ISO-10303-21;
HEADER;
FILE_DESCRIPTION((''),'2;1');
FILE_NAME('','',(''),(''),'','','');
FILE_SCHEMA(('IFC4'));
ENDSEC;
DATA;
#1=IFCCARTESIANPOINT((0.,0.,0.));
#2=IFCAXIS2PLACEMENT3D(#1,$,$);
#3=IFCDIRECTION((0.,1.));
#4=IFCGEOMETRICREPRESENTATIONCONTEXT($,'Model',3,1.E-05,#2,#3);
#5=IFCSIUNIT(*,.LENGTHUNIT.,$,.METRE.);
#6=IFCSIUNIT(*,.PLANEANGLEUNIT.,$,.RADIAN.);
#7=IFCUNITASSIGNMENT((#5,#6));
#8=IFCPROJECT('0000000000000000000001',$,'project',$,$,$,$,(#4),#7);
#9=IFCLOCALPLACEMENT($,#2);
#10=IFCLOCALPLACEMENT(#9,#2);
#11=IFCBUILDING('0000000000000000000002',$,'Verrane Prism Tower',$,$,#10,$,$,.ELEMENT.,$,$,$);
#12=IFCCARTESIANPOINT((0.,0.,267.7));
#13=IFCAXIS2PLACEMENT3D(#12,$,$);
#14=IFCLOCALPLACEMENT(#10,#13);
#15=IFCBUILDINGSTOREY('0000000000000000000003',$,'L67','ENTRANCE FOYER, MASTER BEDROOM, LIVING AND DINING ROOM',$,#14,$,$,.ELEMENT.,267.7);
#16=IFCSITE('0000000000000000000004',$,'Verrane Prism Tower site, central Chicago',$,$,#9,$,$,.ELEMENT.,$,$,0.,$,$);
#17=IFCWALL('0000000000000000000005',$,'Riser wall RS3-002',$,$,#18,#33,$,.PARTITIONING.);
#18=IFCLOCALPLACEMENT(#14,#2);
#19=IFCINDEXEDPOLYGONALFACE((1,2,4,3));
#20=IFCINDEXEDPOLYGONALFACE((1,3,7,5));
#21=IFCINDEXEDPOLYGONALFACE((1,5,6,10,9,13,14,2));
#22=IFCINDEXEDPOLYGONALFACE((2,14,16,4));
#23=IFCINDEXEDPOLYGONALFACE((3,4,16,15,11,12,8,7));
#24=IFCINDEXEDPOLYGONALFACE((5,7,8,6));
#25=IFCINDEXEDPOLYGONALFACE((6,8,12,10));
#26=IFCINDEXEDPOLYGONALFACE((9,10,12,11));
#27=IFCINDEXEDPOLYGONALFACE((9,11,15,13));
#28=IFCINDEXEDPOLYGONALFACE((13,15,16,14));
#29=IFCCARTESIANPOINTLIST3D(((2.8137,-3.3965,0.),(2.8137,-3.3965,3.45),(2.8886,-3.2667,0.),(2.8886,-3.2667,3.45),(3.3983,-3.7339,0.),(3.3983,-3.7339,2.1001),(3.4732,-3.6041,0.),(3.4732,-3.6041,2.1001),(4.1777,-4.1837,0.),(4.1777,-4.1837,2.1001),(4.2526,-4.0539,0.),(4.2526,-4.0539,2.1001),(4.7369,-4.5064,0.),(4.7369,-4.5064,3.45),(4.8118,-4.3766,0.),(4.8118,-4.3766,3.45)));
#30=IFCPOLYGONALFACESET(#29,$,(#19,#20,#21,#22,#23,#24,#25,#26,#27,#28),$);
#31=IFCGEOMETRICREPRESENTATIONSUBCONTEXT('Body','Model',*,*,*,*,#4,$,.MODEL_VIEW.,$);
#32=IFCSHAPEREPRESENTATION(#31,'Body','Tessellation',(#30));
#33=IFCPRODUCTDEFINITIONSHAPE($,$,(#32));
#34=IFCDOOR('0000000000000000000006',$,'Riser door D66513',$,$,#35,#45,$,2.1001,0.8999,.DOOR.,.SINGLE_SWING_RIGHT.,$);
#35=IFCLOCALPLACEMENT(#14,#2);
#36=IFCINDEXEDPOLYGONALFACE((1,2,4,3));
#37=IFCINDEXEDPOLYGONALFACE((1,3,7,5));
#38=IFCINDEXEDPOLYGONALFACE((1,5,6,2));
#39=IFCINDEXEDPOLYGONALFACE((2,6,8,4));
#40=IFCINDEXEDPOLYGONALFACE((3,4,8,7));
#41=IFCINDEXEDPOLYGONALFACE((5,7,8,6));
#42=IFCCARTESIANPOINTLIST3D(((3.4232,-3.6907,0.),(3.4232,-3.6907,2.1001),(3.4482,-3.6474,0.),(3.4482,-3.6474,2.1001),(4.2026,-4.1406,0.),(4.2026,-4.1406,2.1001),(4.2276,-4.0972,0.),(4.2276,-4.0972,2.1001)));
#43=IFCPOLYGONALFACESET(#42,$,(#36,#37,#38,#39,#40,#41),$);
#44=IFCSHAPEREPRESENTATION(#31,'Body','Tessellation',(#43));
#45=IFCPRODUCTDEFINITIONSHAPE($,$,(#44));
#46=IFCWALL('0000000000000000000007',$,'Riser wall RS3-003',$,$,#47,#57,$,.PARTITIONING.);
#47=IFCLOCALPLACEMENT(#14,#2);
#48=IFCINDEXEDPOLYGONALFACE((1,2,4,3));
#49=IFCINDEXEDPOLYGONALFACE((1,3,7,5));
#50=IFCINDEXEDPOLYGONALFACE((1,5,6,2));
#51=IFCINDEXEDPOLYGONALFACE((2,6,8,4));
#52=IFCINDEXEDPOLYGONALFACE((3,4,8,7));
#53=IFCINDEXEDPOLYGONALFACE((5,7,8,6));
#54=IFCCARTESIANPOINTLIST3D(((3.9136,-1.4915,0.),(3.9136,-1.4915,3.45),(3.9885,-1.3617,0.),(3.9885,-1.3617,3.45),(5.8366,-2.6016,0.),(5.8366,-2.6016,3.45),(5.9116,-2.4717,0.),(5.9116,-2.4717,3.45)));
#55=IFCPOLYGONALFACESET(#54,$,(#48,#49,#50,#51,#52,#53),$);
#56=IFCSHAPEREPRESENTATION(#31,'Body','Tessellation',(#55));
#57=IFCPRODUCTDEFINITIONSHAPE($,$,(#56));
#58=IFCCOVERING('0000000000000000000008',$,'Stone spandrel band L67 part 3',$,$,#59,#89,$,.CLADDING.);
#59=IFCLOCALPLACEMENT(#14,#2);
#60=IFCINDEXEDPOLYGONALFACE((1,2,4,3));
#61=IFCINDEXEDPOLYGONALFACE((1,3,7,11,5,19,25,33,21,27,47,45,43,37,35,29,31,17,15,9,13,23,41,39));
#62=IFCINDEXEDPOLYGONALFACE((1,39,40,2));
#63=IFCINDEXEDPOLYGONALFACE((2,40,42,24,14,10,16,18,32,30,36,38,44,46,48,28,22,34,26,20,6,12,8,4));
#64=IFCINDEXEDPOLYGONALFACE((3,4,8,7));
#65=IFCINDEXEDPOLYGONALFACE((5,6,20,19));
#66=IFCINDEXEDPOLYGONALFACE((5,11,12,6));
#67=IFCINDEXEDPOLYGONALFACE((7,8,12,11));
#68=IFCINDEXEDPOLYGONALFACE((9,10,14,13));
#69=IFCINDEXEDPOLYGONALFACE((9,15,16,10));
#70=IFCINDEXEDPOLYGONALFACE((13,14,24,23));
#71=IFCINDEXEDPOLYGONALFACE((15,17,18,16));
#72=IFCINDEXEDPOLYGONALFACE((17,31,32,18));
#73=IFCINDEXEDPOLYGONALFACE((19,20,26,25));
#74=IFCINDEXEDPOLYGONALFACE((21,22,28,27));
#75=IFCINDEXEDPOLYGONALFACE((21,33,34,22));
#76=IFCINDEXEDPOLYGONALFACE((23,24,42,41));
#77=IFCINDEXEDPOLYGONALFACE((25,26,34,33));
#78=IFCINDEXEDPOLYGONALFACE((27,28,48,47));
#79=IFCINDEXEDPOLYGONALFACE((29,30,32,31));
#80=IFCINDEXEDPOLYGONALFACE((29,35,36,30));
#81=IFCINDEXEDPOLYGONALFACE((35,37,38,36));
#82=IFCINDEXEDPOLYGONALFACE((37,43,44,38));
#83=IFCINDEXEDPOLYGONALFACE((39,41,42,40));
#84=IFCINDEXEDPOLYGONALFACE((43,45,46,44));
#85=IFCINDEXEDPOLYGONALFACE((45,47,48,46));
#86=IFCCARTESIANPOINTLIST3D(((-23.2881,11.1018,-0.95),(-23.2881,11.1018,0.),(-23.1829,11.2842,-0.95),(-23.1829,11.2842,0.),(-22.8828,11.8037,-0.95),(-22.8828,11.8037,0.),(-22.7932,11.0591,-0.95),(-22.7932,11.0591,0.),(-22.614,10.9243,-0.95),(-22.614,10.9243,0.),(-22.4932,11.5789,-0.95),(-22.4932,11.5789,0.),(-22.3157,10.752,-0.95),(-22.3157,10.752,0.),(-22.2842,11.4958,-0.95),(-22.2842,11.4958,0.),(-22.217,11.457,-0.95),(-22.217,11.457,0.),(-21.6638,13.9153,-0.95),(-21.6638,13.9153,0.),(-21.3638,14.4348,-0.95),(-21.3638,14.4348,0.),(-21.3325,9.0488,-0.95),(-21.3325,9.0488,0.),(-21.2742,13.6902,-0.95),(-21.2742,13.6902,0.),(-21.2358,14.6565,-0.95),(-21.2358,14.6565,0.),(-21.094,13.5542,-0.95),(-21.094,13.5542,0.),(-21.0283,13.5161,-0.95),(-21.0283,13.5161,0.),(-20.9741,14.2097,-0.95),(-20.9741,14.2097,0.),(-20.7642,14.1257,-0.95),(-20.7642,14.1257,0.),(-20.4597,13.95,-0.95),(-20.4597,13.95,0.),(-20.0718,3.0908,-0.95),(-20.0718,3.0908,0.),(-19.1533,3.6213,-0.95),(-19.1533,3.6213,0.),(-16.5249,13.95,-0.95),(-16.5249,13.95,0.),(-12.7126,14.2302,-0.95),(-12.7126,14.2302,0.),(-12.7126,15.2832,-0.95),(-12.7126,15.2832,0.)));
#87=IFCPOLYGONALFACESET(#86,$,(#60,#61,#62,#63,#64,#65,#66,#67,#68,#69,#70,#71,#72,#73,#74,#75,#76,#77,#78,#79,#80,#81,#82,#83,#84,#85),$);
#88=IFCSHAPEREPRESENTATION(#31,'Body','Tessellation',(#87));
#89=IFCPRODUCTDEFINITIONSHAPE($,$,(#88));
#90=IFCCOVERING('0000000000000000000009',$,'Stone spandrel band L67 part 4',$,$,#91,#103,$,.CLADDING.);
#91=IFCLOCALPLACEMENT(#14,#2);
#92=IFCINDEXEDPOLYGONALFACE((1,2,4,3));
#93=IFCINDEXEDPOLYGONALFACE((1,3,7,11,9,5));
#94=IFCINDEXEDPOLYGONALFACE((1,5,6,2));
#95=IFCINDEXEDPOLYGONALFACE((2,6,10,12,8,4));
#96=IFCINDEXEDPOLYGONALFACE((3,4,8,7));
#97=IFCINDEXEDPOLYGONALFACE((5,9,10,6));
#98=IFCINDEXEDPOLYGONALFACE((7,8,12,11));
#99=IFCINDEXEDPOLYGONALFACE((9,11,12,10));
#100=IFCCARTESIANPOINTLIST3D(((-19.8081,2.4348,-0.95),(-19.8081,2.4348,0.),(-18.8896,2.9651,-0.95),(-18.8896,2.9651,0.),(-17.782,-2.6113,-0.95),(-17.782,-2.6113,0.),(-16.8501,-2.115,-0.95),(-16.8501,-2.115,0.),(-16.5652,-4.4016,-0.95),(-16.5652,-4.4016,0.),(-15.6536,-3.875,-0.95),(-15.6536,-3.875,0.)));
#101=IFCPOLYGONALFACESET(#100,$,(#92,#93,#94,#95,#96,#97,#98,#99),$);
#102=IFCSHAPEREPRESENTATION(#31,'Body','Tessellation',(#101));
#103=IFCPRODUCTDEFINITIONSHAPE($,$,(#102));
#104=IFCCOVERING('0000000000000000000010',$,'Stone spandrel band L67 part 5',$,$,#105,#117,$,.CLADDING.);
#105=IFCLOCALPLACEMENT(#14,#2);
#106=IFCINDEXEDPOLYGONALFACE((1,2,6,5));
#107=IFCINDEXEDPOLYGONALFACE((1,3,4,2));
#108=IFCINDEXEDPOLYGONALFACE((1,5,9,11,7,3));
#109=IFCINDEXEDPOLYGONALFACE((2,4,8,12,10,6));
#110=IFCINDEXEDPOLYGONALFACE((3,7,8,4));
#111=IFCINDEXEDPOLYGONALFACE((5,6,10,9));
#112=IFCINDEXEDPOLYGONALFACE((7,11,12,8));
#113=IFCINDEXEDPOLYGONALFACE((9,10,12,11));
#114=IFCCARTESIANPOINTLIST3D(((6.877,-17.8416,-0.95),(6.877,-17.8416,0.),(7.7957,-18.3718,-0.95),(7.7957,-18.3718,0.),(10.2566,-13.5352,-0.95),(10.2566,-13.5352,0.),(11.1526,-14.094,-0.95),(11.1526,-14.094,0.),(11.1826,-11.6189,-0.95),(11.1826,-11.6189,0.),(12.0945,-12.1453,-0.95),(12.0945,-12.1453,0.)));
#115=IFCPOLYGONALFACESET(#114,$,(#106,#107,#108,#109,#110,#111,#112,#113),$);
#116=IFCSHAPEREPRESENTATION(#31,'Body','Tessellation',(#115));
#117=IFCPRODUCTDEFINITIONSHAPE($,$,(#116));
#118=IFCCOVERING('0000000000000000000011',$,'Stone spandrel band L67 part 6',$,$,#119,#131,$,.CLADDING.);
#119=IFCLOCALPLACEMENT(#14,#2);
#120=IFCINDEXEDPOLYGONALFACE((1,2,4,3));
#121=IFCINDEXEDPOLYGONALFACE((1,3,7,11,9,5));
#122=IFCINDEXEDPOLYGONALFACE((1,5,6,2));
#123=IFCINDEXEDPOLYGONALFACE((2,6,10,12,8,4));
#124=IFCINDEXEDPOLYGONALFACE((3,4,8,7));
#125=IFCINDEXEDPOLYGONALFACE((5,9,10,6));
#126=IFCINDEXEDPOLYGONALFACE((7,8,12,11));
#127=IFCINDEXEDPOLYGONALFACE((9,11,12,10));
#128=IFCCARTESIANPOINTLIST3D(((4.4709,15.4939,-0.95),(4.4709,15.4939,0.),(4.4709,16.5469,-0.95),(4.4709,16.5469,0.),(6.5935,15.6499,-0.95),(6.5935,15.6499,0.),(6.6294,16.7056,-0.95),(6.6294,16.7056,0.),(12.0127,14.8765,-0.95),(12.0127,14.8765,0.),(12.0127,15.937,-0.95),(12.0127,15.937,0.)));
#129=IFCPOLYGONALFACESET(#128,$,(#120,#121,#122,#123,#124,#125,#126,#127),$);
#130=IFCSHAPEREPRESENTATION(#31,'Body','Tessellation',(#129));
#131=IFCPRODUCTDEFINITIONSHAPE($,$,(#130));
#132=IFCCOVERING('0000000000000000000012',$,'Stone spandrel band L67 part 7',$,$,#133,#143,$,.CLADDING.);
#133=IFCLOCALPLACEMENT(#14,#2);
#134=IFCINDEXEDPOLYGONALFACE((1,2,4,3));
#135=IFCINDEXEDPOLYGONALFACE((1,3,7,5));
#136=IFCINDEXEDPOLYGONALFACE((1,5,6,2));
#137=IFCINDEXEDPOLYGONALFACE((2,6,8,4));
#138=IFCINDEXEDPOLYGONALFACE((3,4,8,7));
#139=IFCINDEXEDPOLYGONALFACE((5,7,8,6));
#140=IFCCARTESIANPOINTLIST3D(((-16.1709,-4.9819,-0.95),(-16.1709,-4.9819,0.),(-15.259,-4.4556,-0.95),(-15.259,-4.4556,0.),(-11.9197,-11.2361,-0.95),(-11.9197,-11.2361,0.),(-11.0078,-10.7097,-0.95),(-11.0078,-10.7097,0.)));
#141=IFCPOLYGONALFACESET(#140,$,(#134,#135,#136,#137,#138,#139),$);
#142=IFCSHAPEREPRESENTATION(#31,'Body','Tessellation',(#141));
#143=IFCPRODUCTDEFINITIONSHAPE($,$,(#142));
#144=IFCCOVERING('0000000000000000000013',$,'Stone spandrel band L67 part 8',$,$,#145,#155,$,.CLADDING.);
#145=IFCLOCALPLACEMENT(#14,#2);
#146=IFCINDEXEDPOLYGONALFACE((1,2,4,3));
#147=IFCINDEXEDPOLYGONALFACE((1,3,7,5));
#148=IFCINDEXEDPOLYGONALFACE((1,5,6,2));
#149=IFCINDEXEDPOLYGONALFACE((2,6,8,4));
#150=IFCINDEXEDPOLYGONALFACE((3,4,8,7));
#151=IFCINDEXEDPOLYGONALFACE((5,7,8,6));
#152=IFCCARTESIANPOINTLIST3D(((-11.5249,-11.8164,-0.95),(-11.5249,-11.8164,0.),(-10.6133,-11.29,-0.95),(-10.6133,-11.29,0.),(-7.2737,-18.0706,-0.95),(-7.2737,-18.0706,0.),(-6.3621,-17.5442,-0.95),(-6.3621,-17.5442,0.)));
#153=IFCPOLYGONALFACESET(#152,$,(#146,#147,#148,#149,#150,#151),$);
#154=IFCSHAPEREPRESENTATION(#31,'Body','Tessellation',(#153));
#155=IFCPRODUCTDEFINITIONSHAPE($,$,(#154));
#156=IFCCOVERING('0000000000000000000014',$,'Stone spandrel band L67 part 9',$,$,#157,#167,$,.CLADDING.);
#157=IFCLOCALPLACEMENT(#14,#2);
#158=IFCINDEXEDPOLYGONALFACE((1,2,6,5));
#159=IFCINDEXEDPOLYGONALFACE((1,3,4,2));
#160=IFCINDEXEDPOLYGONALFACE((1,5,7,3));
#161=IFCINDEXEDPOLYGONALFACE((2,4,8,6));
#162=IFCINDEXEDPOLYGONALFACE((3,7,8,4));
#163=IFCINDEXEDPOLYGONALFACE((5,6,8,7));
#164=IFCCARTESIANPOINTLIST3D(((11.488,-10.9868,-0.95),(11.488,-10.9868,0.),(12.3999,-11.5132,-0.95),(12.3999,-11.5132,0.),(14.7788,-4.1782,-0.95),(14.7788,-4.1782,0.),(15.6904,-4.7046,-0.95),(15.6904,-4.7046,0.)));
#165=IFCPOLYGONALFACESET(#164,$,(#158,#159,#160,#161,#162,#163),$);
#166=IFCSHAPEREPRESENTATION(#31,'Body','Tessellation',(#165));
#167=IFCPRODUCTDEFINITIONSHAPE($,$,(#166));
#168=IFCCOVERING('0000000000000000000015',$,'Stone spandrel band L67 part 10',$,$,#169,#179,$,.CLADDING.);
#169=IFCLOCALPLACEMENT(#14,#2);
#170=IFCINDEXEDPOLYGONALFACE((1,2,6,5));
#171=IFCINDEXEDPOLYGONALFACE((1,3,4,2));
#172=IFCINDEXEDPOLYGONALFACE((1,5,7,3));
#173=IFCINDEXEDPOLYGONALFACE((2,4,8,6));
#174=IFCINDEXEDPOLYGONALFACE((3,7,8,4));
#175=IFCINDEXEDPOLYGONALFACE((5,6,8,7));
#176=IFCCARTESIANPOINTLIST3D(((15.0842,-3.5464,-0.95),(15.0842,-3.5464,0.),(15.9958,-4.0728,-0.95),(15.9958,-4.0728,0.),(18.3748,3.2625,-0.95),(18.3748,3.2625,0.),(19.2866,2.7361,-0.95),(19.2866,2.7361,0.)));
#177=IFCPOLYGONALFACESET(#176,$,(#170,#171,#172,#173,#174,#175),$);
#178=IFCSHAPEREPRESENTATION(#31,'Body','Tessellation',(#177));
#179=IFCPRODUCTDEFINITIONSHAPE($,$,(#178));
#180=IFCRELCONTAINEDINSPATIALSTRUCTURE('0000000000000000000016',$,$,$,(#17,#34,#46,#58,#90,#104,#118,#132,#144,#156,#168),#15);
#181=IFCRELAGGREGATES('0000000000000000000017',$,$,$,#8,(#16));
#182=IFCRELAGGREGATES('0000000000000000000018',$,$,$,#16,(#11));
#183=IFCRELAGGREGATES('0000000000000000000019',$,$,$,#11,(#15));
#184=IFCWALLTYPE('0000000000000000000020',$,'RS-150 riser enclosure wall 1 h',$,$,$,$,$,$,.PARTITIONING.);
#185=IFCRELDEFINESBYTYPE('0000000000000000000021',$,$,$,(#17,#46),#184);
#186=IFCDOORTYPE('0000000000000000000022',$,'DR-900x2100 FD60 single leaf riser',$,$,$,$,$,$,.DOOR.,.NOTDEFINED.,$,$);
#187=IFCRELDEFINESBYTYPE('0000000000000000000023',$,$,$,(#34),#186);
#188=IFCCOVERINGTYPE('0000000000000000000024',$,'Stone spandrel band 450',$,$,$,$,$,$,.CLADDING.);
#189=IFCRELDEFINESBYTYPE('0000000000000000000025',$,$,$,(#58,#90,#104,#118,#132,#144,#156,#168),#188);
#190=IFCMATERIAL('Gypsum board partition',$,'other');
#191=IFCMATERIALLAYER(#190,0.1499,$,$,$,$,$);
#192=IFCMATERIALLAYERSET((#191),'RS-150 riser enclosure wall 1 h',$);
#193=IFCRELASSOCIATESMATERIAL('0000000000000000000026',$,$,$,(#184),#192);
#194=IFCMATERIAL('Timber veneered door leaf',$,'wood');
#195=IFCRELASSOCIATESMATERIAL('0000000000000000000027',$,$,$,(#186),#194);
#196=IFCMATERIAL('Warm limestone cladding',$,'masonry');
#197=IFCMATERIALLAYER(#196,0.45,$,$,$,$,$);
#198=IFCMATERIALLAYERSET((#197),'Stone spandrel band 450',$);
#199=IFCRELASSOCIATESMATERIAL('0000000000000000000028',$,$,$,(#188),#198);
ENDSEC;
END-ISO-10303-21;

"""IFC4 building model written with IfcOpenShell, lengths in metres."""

from ifc_helpers import new_model, si_unit, direction, frame, frame_2d, origin, place, context, subcontext, project, spatial, polyline, rectangle, outline, extrude, material, layer, layer_set, type_object, element, fill, save


model = new_model("IFC4")

# Units and contexts
model_context = context("Model", 3, precision=1e-05, world=origin(), true_north=direction((0.0, 1.0)))
body_context = subcontext(model_context, "Body", "Model", "MODEL_VIEW")
ifc_project = project(units=[si_unit("LENGTHUNIT", "METRE"), si_unit("PLANEANGLEUNIT", "RADIAN")], contexts=[model_context])

# Site, building, storey
site_placement = place(None, origin())
site = spatial("IfcSite", under=ifc_project, at=site_placement, Name="Verrane Prism Tower site, central Chicago", CompositionType="ELEMENT", RefElevation=0.0)
building_placement = place(site_placement, origin())
building = spatial("IfcBuilding", under=site, at=building_placement, Name="Verrane Prism Tower", CompositionType="ELEMENT")
storey_placement = place(building_placement, frame((0.0, 0.0, 267.7)))
storey = spatial("IfcBuildingStorey", under=building, at=storey_placement, Name="L67", Description="ENTRANCE FOYER, MASTER BEDROOM, LIVING AND DINING ROOM", CompositionType="ELEMENT", Elevation=267.7)

# Shared definitions
ifc_material_1 = material(Name="Gypsum board partition", Category="other")
ifc_layer_1 = layer(ifc_material_1, 0.1499)
ifc_layer_set_1 = layer_set([ifc_layer_1], Name="RS-150 riser enclosure wall 1 h")
wall_type_1 = type_object("IfcWallType", Name="RS-150 riser enclosure wall 1 h", PredefinedType="PARTITIONING", material=ifc_layer_set_1)

# Wall, opening, door
wall_1_placement = place(storey_placement, frame((2.8511, -3.3315, 0.0), z_axis=(0.0, 0.0, 1.0), x_axis=(0.866111, -0.499853, 0.0)))
wall_1 = element("IfcWall", 1, at=wall_1_placement, inside=storey, type_object=wall_type_1, Name="Riser wall RS3-002", PredefinedType="PARTITIONING", context=body_context, shape_type="SweptSolid", body=[
    extrude(rectangle(XDim=2.2205, YDim=0.1499, at=frame_2d((1.1104, 0.0))), origin(), (0.0, 0.0, 1.0), 3.45),
])
opening_1_placement = place(wall_1_placement, frame((0.675, 0.0, 0.0)))
opening_1 = element("IfcOpeningElement", 2, at=opening_1_placement, cuts=wall_1, PredefinedType="OPENING", context=body_context, shape_type="SweptSolid", body=[
    extrude(rectangle(XDim=0.8999, YDim=2.1001, at=frame_2d((0.45, 1.05))), frame((0.0, 0.085, 0.0), z_axis=(0.0, -1.0, 0.0), x_axis=(1.0, 0.0, 0.0)), (0.0, 0.0, 1.0), 0.1699),
])
ifc_material_2 = material(Name="Timber veneered door leaf", Category="wood")
door_type_1 = type_object("IfcDoorType", Name="DR-900x2100 FD60 single leaf riser", OperationType="NOTDEFINED", PredefinedType="DOOR", material=ifc_material_2)
door_1_placement = place(opening_1_placement, origin())
door_1 = element("IfcDoor", 3, at=door_1_placement, inside=storey, type_object=door_type_1, Name="Riser door D66513", OperationType="SINGLE_SWING_RIGHT", OverallHeight=2.1001, OverallWidth=0.8999, PredefinedType="DOOR", context=body_context, shape_type="SweptSolid", body=[
    extrude(rectangle(XDim=0.8999, YDim=2.1001, at=frame_2d((0.45, 1.05))), frame((0.0, 0.0249, 0.0), z_axis=(0.0, -1.0, 0.0), x_axis=(1.0, 0.0, 0.0)), (0.0, 0.0, 1.0), 0.05),
])
fill(opening_1, door_1)

# Wall
wall_2_placement = place(storey_placement, frame((3.9509, -1.4265, 0.0), z_axis=(0.0, 0.0, 1.0), x_axis=(0.866063, -0.499935, 0.0)))
element("IfcWall", 4, at=wall_2_placement, inside=storey, type_object=wall_type_1, Name="Riser wall RS3-003", PredefinedType="PARTITIONING", context=body_context, shape_type="SweptSolid", body=[
    extrude(rectangle(XDim=2.2205, YDim=0.1499, at=frame_2d((1.1104, 0.0))), origin(), (0.0, 0.0, 1.0), 3.45),
])

# Coverings
ifc_material_3 = material(Name="Warm limestone cladding", Category="masonry")
ifc_layer_2 = layer(ifc_material_3, 0.45)
ifc_layer_set_2 = layer_set([ifc_layer_2], Name="Stone spandrel band 450")
covering_type = type_object("IfcCoveringType", Name="Stone spandrel band 450", PredefinedType="CLADDING", material=ifc_layer_set_2)
covering_1_placement = place(storey_placement, frame((0.0, 0.0, -0.95)))
element("IfcCovering", 5, at=covering_1_placement, inside=storey, type_object=covering_type, Name="Stone spandrel band L67 part 3", PredefinedType="CLADDING", context=body_context, shape_type="SweptSolid", body=[
    extrude(outline(polyline([(-19.1533, 3.6213), (-21.3325, 9.0488), (-22.3157, 10.752), (-22.614, 10.9243), (-22.2842, 11.4958), (-22.217, 11.457), (-21.0283, 13.5161), (-21.094, 13.5542), (-20.7642, 14.1257), (-20.4597, 13.95), (-16.5249, 13.95), (-12.7126, 14.2302), (-12.7126, 15.2832), (-21.2358, 14.6565), (-21.3638, 14.4348), (-20.9741, 14.2097), (-21.2742, 13.6902), (-21.6638, 13.9153), (-22.8828, 11.8037), (-22.4932, 11.5789), (-22.7932, 11.0591), (-23.1829, 11.2842), (-23.2881, 11.1018), (-20.0718, 3.0908), (-19.1533, 3.6213)])), origin(), (0.0, 0.0, 1.0), 0.95),
])
covering_2_placement = place(storey_placement, frame((0.0, 0.0, -0.95)))
element("IfcCovering", 6, at=covering_2_placement, inside=storey, type_object=covering_type, Name="Stone spandrel band L67 part 4", PredefinedType="CLADDING", context=body_context, shape_type="SweptSolid", body=[
    extrude(outline(polyline([(-15.6536, -3.875), (-16.8501, -2.115), (-18.8896, 2.9651), (-19.8081, 2.4348), (-17.782, -2.6113), (-16.5652, -4.4016), (-15.6536, -3.875)])), origin(), (0.0, 0.0, 1.0), 0.95),
])
covering_3_placement = place(storey_placement, frame((0.0, 0.0, -0.95)))
element("IfcCovering", 7, at=covering_3_placement, inside=storey, type_object=covering_type, Name="Stone spandrel band L67 part 5", PredefinedType="CLADDING", context=body_context, shape_type="SweptSolid", body=[
    extrude(outline(polyline([(12.0945, -12.1453), (11.1826, -11.6189), (10.2566, -13.5352), (6.877, -17.8416), (7.7957, -18.3718), (11.1526, -14.094), (12.0945, -12.1453)])), origin(), (0.0, 0.0, 1.0), 0.95),
])
covering_4_placement = place(storey_placement, frame((0.0, 0.0, -0.95)))
element("IfcCovering", 8, at=covering_4_placement, inside=storey, type_object=covering_type, Name="Stone spandrel band L67 part 6", PredefinedType="CLADDING", context=body_context, shape_type="SweptSolid", body=[
    extrude(outline(polyline([(4.4709, 16.5469), (4.4709, 15.4939), (6.5935, 15.6499), (12.0127, 14.8765), (12.0127, 15.937), (6.6294, 16.7056), (4.4709, 16.5469)])), origin(), (0.0, 0.0, 1.0), 0.95),
])
covering_5_placement = place(storey_placement, frame((0.0, 0.0, -0.95)))
element("IfcCovering", 9, at=covering_5_placement, inside=storey, type_object=covering_type, Name="Stone spandrel band L67 part 7", PredefinedType="CLADDING", context=body_context, shape_type="SweptSolid", body=[
    extrude(outline(polyline([(-11.9197, -11.2361), (-11.0078, -10.7097), (-15.259, -4.4556), (-16.1709, -4.9819), (-11.9197, -11.2361)])), origin(), (0.0, 0.0, 1.0), 0.95),
])
covering_6_placement = place(storey_placement, frame((0.0, 0.0, -0.95)))
element("IfcCovering", 10, at=covering_6_placement, inside=storey, type_object=covering_type, Name="Stone spandrel band L67 part 8", PredefinedType="CLADDING", context=body_context, shape_type="SweptSolid", body=[
    extrude(outline(polyline([(-6.3621, -17.5442), (-10.6133, -11.29), (-11.5249, -11.8164), (-7.2737, -18.0706), (-6.3621, -17.5442)])), origin(), (0.0, 0.0, 1.0), 0.95),
])
covering_7_placement = place(storey_placement, frame((0.0, 0.0, -0.95)))
element("IfcCovering", 11, at=covering_7_placement, inside=storey, type_object=covering_type, Name="Stone spandrel band L67 part 9", PredefinedType="CLADDING", context=body_context, shape_type="SweptSolid", body=[
    extrude(outline(polyline([(14.7788, -4.1782), (11.488, -10.9868), (12.3999, -11.5132), (15.6904, -4.7046), (14.7788, -4.1782)])), origin(), (0.0, 0.0, 1.0), 0.95),
])
covering_8_placement = place(storey_placement, frame((0.0, 0.0, -0.95)))
element("IfcCovering", 12, at=covering_8_placement, inside=storey, type_object=covering_type, Name="Stone spandrel band L67 part 10", PredefinedType="CLADDING", context=body_context, shape_type="SweptSolid", body=[
    extrude(outline(polyline([(19.2866, 2.7361), (18.3748, 3.2625), (15.0842, -3.5464), (15.9958, -4.0728), (19.2866, 2.7361)])), origin(), (0.0, 0.0, 1.0), 0.95),
])

save(model, "model.ifc")
